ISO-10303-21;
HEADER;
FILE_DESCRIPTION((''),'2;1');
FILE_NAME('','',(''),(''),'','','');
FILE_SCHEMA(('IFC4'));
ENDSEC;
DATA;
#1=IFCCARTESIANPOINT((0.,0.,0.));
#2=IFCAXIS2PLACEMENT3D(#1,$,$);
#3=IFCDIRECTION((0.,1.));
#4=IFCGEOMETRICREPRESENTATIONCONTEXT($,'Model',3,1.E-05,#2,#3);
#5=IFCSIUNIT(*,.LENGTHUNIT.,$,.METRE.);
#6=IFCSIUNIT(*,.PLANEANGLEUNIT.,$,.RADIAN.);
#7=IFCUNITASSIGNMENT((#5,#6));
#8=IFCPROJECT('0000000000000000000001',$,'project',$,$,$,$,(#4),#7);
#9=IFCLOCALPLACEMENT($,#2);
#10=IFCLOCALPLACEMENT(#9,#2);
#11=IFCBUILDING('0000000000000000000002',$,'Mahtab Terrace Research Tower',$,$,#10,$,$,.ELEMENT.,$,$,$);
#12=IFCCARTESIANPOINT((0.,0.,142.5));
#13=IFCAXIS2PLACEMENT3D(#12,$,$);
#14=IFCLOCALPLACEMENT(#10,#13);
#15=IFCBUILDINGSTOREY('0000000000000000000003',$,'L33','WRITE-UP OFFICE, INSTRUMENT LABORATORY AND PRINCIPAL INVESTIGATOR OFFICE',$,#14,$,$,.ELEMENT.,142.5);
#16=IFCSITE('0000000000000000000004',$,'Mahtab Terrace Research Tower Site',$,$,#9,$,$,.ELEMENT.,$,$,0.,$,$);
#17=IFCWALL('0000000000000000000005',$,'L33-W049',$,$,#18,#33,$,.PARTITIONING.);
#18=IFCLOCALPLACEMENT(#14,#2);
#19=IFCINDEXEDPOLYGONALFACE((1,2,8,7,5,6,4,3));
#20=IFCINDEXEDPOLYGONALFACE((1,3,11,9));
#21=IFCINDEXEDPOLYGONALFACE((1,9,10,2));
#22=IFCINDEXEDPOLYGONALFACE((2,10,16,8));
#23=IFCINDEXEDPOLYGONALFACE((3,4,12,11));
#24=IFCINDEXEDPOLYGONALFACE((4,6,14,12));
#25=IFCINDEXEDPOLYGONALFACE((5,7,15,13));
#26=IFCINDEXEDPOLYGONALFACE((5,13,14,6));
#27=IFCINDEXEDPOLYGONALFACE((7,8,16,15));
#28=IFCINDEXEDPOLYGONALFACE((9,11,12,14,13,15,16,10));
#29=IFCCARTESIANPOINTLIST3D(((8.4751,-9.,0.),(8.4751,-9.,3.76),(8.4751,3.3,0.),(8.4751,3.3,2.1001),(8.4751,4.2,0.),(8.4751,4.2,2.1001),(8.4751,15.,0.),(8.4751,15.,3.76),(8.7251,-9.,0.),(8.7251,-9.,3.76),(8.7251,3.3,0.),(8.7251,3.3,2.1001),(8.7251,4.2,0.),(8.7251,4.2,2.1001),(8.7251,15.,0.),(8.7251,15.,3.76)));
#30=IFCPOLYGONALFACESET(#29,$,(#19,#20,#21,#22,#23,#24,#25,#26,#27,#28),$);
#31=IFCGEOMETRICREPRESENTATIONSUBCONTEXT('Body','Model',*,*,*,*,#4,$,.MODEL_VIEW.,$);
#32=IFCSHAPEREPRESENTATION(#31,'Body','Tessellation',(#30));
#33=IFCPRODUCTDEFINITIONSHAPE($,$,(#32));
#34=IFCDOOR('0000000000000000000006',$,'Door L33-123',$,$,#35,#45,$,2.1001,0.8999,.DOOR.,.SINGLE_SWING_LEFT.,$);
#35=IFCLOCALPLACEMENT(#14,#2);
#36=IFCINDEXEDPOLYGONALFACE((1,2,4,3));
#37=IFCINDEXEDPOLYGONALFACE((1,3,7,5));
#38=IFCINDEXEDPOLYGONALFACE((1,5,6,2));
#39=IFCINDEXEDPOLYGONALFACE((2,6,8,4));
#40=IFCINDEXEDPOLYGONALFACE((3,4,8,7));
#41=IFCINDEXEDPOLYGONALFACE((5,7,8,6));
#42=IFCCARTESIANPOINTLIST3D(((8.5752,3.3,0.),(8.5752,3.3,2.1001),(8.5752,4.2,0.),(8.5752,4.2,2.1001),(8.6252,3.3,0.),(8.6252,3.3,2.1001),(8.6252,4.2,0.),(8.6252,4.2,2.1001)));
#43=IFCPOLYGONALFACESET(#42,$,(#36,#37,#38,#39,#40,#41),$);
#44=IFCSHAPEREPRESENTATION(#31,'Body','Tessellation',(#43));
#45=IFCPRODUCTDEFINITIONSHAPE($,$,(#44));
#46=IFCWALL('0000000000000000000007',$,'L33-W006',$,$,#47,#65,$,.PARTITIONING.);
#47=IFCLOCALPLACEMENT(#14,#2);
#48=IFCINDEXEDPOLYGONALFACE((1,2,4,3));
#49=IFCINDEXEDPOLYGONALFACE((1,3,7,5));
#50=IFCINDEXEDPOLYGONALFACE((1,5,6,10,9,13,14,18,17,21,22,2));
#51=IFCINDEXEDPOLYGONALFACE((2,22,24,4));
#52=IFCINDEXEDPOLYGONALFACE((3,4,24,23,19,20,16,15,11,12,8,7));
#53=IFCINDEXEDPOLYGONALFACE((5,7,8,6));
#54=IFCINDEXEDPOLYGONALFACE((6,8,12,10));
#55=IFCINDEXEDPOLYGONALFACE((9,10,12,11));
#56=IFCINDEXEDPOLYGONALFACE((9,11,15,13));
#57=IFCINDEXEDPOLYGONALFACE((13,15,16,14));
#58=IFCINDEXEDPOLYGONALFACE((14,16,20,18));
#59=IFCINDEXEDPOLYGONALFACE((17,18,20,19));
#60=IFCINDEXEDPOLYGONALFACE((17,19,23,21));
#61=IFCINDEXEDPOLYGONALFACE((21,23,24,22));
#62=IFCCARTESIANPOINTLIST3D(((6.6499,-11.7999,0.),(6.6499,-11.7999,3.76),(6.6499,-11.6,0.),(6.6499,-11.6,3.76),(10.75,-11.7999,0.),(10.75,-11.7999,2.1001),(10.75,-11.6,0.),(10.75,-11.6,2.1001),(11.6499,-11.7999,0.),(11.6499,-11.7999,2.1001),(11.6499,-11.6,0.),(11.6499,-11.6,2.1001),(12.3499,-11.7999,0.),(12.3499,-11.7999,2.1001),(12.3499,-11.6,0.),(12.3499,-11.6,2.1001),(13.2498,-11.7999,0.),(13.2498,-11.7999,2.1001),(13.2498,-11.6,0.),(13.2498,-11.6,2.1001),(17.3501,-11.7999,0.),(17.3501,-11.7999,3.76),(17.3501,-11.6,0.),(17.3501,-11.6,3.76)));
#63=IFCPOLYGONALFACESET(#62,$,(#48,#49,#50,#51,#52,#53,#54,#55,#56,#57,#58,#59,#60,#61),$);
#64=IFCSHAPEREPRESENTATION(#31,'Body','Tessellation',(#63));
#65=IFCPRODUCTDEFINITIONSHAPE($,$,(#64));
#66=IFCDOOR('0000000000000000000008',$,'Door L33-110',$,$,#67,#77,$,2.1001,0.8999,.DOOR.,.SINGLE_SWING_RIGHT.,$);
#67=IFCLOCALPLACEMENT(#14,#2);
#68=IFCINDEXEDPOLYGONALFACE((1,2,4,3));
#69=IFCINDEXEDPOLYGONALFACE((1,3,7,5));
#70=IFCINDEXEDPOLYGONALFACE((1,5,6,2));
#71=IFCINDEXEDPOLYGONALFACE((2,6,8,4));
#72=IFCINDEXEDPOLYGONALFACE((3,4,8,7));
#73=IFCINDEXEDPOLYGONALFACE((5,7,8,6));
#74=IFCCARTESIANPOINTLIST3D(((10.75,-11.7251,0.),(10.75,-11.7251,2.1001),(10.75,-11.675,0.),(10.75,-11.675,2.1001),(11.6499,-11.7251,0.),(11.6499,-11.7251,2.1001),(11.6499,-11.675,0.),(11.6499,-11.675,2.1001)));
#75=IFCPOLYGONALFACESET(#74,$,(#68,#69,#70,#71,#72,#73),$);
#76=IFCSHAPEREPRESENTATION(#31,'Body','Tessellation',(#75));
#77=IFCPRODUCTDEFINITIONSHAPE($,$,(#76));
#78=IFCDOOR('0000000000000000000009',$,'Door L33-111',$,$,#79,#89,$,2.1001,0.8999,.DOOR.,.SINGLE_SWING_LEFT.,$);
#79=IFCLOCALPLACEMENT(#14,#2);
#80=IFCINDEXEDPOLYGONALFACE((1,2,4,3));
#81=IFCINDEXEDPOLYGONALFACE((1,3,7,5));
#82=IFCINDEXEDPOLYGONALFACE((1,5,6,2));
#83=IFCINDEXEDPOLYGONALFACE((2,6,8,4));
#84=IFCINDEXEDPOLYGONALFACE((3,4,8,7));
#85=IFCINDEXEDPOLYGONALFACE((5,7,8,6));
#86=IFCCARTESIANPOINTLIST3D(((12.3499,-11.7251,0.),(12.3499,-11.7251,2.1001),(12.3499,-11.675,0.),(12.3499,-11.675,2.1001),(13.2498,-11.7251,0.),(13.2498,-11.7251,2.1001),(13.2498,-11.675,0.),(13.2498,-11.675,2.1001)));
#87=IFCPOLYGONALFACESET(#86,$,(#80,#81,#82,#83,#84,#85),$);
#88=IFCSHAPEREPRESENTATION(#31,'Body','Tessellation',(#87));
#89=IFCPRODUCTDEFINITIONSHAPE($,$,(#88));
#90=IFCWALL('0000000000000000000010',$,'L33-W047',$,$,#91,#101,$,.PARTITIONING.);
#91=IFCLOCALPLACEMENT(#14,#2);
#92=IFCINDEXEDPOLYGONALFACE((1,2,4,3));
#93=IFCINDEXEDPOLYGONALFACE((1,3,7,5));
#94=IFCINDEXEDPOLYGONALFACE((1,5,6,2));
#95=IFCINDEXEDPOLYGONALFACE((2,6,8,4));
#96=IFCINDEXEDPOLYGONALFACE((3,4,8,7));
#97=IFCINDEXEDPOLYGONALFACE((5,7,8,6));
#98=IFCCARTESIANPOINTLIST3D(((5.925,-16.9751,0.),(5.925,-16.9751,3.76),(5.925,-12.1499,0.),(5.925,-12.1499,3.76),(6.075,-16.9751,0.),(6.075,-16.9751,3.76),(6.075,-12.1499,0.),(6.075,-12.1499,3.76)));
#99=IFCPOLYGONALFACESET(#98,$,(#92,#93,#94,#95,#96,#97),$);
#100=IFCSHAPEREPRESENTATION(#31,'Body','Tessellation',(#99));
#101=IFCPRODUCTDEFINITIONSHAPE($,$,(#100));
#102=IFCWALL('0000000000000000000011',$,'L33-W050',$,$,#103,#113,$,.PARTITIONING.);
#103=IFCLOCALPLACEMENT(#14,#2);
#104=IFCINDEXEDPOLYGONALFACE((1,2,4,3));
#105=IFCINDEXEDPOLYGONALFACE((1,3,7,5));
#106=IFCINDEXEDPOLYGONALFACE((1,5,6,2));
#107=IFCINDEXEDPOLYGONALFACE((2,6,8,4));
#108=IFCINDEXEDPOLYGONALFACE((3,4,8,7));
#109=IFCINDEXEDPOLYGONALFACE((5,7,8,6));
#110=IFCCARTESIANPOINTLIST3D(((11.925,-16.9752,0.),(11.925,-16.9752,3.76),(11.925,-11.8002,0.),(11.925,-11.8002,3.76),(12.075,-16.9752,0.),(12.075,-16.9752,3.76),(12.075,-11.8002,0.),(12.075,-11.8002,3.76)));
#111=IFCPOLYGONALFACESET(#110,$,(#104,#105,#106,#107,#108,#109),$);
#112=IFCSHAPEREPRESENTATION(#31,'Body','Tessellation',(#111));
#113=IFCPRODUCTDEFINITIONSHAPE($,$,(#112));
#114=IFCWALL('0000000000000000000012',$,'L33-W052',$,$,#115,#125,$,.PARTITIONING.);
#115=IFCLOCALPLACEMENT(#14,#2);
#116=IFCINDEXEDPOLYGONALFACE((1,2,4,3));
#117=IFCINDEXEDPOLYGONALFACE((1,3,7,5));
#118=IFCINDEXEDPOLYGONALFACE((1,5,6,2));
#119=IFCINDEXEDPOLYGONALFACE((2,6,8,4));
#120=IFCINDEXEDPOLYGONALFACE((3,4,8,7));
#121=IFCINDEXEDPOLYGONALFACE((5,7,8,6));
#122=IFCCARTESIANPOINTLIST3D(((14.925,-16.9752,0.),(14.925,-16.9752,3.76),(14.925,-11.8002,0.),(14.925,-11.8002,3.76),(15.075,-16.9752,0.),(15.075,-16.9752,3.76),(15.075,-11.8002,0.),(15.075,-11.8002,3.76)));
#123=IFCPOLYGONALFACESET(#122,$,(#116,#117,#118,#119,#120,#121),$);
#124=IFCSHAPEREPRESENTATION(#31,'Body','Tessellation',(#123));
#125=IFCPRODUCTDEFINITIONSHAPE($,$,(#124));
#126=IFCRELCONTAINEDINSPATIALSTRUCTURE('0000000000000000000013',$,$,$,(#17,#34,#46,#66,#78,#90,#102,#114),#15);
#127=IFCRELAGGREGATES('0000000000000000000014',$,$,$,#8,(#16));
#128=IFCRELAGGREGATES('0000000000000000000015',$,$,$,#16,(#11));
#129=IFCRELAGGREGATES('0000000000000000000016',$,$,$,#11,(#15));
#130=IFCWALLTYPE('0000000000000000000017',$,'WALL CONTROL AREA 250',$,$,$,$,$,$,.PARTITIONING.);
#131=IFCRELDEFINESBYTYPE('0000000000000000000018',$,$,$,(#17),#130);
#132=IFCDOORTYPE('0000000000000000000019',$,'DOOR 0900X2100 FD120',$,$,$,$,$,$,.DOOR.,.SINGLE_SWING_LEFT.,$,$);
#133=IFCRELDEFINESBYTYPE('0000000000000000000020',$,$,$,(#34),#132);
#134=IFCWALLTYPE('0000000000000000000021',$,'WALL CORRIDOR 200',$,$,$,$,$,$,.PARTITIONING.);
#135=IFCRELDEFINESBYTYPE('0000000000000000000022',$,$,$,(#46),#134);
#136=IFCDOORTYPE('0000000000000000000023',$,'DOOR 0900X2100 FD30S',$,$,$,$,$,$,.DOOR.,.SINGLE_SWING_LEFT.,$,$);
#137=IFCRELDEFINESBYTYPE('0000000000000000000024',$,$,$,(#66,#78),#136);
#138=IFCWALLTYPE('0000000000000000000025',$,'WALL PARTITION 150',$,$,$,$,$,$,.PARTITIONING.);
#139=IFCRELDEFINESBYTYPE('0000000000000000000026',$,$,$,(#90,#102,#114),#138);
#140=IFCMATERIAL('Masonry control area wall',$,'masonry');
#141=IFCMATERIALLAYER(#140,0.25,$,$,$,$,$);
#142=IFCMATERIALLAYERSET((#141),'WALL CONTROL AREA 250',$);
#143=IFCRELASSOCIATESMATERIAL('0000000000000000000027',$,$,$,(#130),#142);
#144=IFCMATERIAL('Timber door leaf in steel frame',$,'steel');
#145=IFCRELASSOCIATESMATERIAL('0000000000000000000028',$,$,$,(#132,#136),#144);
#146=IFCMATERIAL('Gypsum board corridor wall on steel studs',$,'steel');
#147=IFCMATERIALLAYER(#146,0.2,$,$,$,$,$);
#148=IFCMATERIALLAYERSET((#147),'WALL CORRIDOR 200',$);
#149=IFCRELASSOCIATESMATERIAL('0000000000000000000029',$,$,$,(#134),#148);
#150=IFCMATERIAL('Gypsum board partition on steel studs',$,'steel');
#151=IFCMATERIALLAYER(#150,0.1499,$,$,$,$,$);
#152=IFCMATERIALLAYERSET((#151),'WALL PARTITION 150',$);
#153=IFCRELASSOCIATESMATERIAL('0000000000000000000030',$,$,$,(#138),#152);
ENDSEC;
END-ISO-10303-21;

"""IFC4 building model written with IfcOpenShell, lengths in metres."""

from ifc_helpers import new_model, si_unit, direction, frame, frame_2d, origin, place, context, subcontext, project, spatial, rectangle, extrude, material, layer, layer_set, type_object, element, fill, save


model = new_model("IFC4")

# Units and contexts
model_context = context("Model", 3, precision=1e-05, world=origin(), true_north=direction((0.0, 1.0)))
body_context = subcontext(model_context, "Body", "Model", "MODEL_VIEW")
ifc_project = project(units=[si_unit("LENGTHUNIT", "METRE"), si_unit("PLANEANGLEUNIT", "RADIAN")], contexts=[model_context])

# Site, building, storey
site_placement = place(None, origin())
site = spatial("IfcSite", under=ifc_project, at=site_placement, Name="Mahtab Terrace Research Tower Site", CompositionType="ELEMENT", RefElevation=0.0)
building_placement = place(site_placement, origin())
building = spatial("IfcBuilding", under=site, at=building_placement, Name="Mahtab Terrace Research Tower", CompositionType="ELEMENT")
storey_placement = place(building_placement, frame((0.0, 0.0, 142.5)))
storey = spatial("IfcBuildingStorey", under=building, at=storey_placement, Name="L33", Description="WRITE-UP OFFICE, INSTRUMENT LABORATORY AND PRINCIPAL INVESTIGATOR OFFICE", CompositionType="ELEMENT", Elevation=142.5)

# Wall, opening, door
ifc_material_1 = material(Name="Masonry control area wall", Category="masonry")
ifc_layer_1 = layer(ifc_material_1, 0.25)
ifc_layer_set_1 = layer_set([ifc_layer_1], Name="WALL CONTROL AREA 250")
wall_type_1 = type_object("IfcWallType", Name="WALL CONTROL AREA 250", PredefinedType="PARTITIONING", material=ifc_layer_set_1)
ifc_material_2 = material(Name="Timber door leaf in steel frame", Category="steel")
door_type_1 = type_object("IfcDoorType", Name="DOOR 0900X2100 FD120", OperationType="SINGLE_SWING_LEFT", PredefinedType="DOOR", material=ifc_material_2)
wall_1_placement = place(storey_placement, frame((8.6001, -9.0, 0.0), z_axis=(0.0, 0.0, 1.0), x_axis=(0.0, 1.0, 0.0)))
wall_1 = element("IfcWall", 1, at=wall_1_placement, inside=storey, type_object=wall_type_1, Name="L33-W049", PredefinedType="PARTITIONING", context=body_context, shape_type="SweptSolid", body=[
    extrude(rectangle(XDim=24.0, YDim=0.25, at=frame_2d((12.0, 0.0))), origin(), (0.0, 0.0, 1.0), 3.76),
])
opening_1_placement = place(wall_1_placement, frame((12.3, 0.0, 0.0)))
opening_1 = element("IfcOpeningElement", 2, at=opening_1_placement, cuts=wall_1, PredefinedType="OPENING", context=body_context, shape_type="SweptSolid", body=[
    extrude(rectangle(XDim=0.8999, YDim=2.1001, at=frame_2d((0.45, 1.05))), frame((0.0, 0.135, 0.0), z_axis=(0.0, -1.0, 0.0), x_axis=(1.0, 0.0, 0.0)), (0.0, 0.0, 1.0), 0.27),
])
door_1_placement = place(opening_1_placement, origin())
door_1 = element("IfcDoor", 3, at=door_1_placement, inside=storey, type_object=door_type_1, Name="Door L33-123", OperationType="SINGLE_SWING_LEFT", OverallHeight=2.1001, OverallWidth=0.8999, PredefinedType="DOOR", context=body_context, shape_type="SweptSolid", body=[
    extrude(rectangle(XDim=0.8999, YDim=2.1001, at=frame_2d((0.45, 1.05))), frame((0.0, 0.0249, 0.0), z_axis=(0.0, -1.0, 0.0), x_axis=(1.0, 0.0, 0.0)), (0.0, 0.0, 1.0), 0.05),
])
fill(opening_1, door_1)

# Wall, openings, doors
ifc_material_3 = material(Name="Gypsum board corridor wall on steel studs", Category="steel")
ifc_layer_2 = layer(ifc_material_3, 0.2)
ifc_layer_set_2 = layer_set([ifc_layer_2], Name="WALL CORRIDOR 200")
wall_type_2 = type_object("IfcWallType", Name="WALL CORRIDOR 200", PredefinedType="PARTITIONING", material=ifc_layer_set_2)
wall_2_placement = place(storey_placement, frame((6.6499, -11.7, 0.0), z_axis=(0.0, 0.0, 1.0), x_axis=(1.0, 0.0, 0.0)))
wall_2 = element("IfcWall", 4, at=wall_2_placement, inside=storey, type_object=wall_type_2, Name="L33-W006", PredefinedType="PARTITIONING", context=body_context, shape_type="SweptSolid", body=[
    extrude(rectangle(XDim=10.7002, YDim=0.2, at=frame_2d((5.3501, 0.0))), origin(), (0.0, 0.0, 1.0), 3.76),
])
opening_2_placement = place(wall_2_placement, frame((4.1001, 0.0, 0.0)))
opening_2 = element("IfcOpeningElement", 5, at=opening_2_placement, cuts=wall_2, PredefinedType="OPENING", context=body_context, shape_type="SweptSolid", body=[
    extrude(rectangle(XDim=0.8999, YDim=2.1001, at=frame_2d((0.45, 1.05))), frame((0.0, 0.1099, 0.0), z_axis=(0.0, -1.0, 0.0), x_axis=(1.0, 0.0, 0.0)), (0.0, 0.0, 1.0), 0.22),
])
opening_3_placement = place(wall_2_placement, frame((5.7, 0.0, 0.0)))
opening_3 = element("IfcOpeningElement", 6, at=opening_3_placement, cuts=wall_2, PredefinedType="OPENING", context=body_context, shape_type="SweptSolid", body=[
    extrude(rectangle(XDim=0.8999, YDim=2.1001, at=frame_2d((0.45, 1.05))), frame((0.0, 0.1099, 0.0), z_axis=(0.0, -1.0, 0.0), x_axis=(1.0, 0.0, 0.0)), (0.0, 0.0, 1.0), 0.22),
])
door_type_2 = type_object("IfcDoorType", Name="DOOR 0900X2100 FD30S", OperationType="SINGLE_SWING_LEFT", PredefinedType="DOOR", material=ifc_material_2)
door_2_placement = place(opening_2_placement, origin())
door_2 = element("IfcDoor", 7, at=door_2_placement, inside=storey, type_object=door_type_2, Name="Door L33-110", OperationType="SINGLE_SWING_RIGHT", OverallHeight=2.1001, OverallWidth=0.8999, PredefinedType="DOOR", context=body_context, shape_type="SweptSolid", body=[
    extrude(rectangle(XDim=0.8999, YDim=2.1001, at=frame_2d((0.45, 1.05))), frame((0.0, 0.0249, 0.0), z_axis=(0.0, -1.0, 0.0), x_axis=(1.0, 0.0, 0.0)), (0.0, 0.0, 1.0), 0.05),
])
fill(opening_2, door_2)
door_3_placement = place(opening_3_placement, origin())
door_3 = element("IfcDoor", 8, at=door_3_placement, inside=storey, type_object=door_type_2, Name="Door L33-111", OperationType="SINGLE_SWING_LEFT", OverallHeight=2.1001, OverallWidth=0.8999, PredefinedType="DOOR", context=body_context, shape_type="SweptSolid", body=[
    extrude(rectangle(XDim=0.8999, YDim=2.1001, at=frame_2d((0.45, 1.05))), frame((0.0, 0.0249, 0.0), z_axis=(0.0, -1.0, 0.0), x_axis=(1.0, 0.0, 0.0)), (0.0, 0.0, 1.0), 0.05),
])
fill(opening_3, door_3)

# Walls
ifc_material_4 = material(Name="Gypsum board partition on steel studs", Category="steel")
ifc_layer_3 = layer(ifc_material_4, 0.1499)
ifc_layer_set_3 = layer_set([ifc_layer_3], Name="WALL PARTITION 150")
wall_type_3 = type_object("IfcWallType", Name="WALL PARTITION 150", PredefinedType="PARTITIONING", material=ifc_layer_set_3)
wall_3_placement = place(storey_placement, frame((6.0, -16.9751, 0.0), z_axis=(0.0, 0.0, 1.0), x_axis=(0.0, 1.0, 0.0)))
element("IfcWall", 9, at=wall_3_placement, inside=storey, type_object=wall_type_3, Name="L33-W047", PredefinedType="PARTITIONING", context=body_context, shape_type="SweptSolid", body=[
    extrude(rectangle(XDim=4.8252, YDim=0.1499, at=frame_2d((2.4126, 0.0))), origin(), (0.0, 0.0, 1.0), 3.76),
])
for number, where, z_axis, x_axis, name in (
    (10, (12.0, -16.9751, 0.0), (0.0, 0.0, 1.0), (0.0, 1.0, 0.0), "L33-W050"),
    (11, (15.0, -16.9751, 0.0), (0.0, 0.0, 1.0), (0.0, 1.0, 0.0), "L33-W052"),
):
    element("IfcWall", number, at=place(storey_placement, frame(where, z_axis=z_axis, x_axis=x_axis)), inside=storey, type_object=wall_type_3, Name=name, PredefinedType="PARTITIONING", context=body_context, shape_type="SweptSolid", body=[
        extrude(rectangle(XDim=5.175, YDim=0.1499, at=frame_2d((2.5874, 0.0))), origin(), (0.0, 0.0, 1.0), 3.76),
    ])

save(model, "model.ifc")
